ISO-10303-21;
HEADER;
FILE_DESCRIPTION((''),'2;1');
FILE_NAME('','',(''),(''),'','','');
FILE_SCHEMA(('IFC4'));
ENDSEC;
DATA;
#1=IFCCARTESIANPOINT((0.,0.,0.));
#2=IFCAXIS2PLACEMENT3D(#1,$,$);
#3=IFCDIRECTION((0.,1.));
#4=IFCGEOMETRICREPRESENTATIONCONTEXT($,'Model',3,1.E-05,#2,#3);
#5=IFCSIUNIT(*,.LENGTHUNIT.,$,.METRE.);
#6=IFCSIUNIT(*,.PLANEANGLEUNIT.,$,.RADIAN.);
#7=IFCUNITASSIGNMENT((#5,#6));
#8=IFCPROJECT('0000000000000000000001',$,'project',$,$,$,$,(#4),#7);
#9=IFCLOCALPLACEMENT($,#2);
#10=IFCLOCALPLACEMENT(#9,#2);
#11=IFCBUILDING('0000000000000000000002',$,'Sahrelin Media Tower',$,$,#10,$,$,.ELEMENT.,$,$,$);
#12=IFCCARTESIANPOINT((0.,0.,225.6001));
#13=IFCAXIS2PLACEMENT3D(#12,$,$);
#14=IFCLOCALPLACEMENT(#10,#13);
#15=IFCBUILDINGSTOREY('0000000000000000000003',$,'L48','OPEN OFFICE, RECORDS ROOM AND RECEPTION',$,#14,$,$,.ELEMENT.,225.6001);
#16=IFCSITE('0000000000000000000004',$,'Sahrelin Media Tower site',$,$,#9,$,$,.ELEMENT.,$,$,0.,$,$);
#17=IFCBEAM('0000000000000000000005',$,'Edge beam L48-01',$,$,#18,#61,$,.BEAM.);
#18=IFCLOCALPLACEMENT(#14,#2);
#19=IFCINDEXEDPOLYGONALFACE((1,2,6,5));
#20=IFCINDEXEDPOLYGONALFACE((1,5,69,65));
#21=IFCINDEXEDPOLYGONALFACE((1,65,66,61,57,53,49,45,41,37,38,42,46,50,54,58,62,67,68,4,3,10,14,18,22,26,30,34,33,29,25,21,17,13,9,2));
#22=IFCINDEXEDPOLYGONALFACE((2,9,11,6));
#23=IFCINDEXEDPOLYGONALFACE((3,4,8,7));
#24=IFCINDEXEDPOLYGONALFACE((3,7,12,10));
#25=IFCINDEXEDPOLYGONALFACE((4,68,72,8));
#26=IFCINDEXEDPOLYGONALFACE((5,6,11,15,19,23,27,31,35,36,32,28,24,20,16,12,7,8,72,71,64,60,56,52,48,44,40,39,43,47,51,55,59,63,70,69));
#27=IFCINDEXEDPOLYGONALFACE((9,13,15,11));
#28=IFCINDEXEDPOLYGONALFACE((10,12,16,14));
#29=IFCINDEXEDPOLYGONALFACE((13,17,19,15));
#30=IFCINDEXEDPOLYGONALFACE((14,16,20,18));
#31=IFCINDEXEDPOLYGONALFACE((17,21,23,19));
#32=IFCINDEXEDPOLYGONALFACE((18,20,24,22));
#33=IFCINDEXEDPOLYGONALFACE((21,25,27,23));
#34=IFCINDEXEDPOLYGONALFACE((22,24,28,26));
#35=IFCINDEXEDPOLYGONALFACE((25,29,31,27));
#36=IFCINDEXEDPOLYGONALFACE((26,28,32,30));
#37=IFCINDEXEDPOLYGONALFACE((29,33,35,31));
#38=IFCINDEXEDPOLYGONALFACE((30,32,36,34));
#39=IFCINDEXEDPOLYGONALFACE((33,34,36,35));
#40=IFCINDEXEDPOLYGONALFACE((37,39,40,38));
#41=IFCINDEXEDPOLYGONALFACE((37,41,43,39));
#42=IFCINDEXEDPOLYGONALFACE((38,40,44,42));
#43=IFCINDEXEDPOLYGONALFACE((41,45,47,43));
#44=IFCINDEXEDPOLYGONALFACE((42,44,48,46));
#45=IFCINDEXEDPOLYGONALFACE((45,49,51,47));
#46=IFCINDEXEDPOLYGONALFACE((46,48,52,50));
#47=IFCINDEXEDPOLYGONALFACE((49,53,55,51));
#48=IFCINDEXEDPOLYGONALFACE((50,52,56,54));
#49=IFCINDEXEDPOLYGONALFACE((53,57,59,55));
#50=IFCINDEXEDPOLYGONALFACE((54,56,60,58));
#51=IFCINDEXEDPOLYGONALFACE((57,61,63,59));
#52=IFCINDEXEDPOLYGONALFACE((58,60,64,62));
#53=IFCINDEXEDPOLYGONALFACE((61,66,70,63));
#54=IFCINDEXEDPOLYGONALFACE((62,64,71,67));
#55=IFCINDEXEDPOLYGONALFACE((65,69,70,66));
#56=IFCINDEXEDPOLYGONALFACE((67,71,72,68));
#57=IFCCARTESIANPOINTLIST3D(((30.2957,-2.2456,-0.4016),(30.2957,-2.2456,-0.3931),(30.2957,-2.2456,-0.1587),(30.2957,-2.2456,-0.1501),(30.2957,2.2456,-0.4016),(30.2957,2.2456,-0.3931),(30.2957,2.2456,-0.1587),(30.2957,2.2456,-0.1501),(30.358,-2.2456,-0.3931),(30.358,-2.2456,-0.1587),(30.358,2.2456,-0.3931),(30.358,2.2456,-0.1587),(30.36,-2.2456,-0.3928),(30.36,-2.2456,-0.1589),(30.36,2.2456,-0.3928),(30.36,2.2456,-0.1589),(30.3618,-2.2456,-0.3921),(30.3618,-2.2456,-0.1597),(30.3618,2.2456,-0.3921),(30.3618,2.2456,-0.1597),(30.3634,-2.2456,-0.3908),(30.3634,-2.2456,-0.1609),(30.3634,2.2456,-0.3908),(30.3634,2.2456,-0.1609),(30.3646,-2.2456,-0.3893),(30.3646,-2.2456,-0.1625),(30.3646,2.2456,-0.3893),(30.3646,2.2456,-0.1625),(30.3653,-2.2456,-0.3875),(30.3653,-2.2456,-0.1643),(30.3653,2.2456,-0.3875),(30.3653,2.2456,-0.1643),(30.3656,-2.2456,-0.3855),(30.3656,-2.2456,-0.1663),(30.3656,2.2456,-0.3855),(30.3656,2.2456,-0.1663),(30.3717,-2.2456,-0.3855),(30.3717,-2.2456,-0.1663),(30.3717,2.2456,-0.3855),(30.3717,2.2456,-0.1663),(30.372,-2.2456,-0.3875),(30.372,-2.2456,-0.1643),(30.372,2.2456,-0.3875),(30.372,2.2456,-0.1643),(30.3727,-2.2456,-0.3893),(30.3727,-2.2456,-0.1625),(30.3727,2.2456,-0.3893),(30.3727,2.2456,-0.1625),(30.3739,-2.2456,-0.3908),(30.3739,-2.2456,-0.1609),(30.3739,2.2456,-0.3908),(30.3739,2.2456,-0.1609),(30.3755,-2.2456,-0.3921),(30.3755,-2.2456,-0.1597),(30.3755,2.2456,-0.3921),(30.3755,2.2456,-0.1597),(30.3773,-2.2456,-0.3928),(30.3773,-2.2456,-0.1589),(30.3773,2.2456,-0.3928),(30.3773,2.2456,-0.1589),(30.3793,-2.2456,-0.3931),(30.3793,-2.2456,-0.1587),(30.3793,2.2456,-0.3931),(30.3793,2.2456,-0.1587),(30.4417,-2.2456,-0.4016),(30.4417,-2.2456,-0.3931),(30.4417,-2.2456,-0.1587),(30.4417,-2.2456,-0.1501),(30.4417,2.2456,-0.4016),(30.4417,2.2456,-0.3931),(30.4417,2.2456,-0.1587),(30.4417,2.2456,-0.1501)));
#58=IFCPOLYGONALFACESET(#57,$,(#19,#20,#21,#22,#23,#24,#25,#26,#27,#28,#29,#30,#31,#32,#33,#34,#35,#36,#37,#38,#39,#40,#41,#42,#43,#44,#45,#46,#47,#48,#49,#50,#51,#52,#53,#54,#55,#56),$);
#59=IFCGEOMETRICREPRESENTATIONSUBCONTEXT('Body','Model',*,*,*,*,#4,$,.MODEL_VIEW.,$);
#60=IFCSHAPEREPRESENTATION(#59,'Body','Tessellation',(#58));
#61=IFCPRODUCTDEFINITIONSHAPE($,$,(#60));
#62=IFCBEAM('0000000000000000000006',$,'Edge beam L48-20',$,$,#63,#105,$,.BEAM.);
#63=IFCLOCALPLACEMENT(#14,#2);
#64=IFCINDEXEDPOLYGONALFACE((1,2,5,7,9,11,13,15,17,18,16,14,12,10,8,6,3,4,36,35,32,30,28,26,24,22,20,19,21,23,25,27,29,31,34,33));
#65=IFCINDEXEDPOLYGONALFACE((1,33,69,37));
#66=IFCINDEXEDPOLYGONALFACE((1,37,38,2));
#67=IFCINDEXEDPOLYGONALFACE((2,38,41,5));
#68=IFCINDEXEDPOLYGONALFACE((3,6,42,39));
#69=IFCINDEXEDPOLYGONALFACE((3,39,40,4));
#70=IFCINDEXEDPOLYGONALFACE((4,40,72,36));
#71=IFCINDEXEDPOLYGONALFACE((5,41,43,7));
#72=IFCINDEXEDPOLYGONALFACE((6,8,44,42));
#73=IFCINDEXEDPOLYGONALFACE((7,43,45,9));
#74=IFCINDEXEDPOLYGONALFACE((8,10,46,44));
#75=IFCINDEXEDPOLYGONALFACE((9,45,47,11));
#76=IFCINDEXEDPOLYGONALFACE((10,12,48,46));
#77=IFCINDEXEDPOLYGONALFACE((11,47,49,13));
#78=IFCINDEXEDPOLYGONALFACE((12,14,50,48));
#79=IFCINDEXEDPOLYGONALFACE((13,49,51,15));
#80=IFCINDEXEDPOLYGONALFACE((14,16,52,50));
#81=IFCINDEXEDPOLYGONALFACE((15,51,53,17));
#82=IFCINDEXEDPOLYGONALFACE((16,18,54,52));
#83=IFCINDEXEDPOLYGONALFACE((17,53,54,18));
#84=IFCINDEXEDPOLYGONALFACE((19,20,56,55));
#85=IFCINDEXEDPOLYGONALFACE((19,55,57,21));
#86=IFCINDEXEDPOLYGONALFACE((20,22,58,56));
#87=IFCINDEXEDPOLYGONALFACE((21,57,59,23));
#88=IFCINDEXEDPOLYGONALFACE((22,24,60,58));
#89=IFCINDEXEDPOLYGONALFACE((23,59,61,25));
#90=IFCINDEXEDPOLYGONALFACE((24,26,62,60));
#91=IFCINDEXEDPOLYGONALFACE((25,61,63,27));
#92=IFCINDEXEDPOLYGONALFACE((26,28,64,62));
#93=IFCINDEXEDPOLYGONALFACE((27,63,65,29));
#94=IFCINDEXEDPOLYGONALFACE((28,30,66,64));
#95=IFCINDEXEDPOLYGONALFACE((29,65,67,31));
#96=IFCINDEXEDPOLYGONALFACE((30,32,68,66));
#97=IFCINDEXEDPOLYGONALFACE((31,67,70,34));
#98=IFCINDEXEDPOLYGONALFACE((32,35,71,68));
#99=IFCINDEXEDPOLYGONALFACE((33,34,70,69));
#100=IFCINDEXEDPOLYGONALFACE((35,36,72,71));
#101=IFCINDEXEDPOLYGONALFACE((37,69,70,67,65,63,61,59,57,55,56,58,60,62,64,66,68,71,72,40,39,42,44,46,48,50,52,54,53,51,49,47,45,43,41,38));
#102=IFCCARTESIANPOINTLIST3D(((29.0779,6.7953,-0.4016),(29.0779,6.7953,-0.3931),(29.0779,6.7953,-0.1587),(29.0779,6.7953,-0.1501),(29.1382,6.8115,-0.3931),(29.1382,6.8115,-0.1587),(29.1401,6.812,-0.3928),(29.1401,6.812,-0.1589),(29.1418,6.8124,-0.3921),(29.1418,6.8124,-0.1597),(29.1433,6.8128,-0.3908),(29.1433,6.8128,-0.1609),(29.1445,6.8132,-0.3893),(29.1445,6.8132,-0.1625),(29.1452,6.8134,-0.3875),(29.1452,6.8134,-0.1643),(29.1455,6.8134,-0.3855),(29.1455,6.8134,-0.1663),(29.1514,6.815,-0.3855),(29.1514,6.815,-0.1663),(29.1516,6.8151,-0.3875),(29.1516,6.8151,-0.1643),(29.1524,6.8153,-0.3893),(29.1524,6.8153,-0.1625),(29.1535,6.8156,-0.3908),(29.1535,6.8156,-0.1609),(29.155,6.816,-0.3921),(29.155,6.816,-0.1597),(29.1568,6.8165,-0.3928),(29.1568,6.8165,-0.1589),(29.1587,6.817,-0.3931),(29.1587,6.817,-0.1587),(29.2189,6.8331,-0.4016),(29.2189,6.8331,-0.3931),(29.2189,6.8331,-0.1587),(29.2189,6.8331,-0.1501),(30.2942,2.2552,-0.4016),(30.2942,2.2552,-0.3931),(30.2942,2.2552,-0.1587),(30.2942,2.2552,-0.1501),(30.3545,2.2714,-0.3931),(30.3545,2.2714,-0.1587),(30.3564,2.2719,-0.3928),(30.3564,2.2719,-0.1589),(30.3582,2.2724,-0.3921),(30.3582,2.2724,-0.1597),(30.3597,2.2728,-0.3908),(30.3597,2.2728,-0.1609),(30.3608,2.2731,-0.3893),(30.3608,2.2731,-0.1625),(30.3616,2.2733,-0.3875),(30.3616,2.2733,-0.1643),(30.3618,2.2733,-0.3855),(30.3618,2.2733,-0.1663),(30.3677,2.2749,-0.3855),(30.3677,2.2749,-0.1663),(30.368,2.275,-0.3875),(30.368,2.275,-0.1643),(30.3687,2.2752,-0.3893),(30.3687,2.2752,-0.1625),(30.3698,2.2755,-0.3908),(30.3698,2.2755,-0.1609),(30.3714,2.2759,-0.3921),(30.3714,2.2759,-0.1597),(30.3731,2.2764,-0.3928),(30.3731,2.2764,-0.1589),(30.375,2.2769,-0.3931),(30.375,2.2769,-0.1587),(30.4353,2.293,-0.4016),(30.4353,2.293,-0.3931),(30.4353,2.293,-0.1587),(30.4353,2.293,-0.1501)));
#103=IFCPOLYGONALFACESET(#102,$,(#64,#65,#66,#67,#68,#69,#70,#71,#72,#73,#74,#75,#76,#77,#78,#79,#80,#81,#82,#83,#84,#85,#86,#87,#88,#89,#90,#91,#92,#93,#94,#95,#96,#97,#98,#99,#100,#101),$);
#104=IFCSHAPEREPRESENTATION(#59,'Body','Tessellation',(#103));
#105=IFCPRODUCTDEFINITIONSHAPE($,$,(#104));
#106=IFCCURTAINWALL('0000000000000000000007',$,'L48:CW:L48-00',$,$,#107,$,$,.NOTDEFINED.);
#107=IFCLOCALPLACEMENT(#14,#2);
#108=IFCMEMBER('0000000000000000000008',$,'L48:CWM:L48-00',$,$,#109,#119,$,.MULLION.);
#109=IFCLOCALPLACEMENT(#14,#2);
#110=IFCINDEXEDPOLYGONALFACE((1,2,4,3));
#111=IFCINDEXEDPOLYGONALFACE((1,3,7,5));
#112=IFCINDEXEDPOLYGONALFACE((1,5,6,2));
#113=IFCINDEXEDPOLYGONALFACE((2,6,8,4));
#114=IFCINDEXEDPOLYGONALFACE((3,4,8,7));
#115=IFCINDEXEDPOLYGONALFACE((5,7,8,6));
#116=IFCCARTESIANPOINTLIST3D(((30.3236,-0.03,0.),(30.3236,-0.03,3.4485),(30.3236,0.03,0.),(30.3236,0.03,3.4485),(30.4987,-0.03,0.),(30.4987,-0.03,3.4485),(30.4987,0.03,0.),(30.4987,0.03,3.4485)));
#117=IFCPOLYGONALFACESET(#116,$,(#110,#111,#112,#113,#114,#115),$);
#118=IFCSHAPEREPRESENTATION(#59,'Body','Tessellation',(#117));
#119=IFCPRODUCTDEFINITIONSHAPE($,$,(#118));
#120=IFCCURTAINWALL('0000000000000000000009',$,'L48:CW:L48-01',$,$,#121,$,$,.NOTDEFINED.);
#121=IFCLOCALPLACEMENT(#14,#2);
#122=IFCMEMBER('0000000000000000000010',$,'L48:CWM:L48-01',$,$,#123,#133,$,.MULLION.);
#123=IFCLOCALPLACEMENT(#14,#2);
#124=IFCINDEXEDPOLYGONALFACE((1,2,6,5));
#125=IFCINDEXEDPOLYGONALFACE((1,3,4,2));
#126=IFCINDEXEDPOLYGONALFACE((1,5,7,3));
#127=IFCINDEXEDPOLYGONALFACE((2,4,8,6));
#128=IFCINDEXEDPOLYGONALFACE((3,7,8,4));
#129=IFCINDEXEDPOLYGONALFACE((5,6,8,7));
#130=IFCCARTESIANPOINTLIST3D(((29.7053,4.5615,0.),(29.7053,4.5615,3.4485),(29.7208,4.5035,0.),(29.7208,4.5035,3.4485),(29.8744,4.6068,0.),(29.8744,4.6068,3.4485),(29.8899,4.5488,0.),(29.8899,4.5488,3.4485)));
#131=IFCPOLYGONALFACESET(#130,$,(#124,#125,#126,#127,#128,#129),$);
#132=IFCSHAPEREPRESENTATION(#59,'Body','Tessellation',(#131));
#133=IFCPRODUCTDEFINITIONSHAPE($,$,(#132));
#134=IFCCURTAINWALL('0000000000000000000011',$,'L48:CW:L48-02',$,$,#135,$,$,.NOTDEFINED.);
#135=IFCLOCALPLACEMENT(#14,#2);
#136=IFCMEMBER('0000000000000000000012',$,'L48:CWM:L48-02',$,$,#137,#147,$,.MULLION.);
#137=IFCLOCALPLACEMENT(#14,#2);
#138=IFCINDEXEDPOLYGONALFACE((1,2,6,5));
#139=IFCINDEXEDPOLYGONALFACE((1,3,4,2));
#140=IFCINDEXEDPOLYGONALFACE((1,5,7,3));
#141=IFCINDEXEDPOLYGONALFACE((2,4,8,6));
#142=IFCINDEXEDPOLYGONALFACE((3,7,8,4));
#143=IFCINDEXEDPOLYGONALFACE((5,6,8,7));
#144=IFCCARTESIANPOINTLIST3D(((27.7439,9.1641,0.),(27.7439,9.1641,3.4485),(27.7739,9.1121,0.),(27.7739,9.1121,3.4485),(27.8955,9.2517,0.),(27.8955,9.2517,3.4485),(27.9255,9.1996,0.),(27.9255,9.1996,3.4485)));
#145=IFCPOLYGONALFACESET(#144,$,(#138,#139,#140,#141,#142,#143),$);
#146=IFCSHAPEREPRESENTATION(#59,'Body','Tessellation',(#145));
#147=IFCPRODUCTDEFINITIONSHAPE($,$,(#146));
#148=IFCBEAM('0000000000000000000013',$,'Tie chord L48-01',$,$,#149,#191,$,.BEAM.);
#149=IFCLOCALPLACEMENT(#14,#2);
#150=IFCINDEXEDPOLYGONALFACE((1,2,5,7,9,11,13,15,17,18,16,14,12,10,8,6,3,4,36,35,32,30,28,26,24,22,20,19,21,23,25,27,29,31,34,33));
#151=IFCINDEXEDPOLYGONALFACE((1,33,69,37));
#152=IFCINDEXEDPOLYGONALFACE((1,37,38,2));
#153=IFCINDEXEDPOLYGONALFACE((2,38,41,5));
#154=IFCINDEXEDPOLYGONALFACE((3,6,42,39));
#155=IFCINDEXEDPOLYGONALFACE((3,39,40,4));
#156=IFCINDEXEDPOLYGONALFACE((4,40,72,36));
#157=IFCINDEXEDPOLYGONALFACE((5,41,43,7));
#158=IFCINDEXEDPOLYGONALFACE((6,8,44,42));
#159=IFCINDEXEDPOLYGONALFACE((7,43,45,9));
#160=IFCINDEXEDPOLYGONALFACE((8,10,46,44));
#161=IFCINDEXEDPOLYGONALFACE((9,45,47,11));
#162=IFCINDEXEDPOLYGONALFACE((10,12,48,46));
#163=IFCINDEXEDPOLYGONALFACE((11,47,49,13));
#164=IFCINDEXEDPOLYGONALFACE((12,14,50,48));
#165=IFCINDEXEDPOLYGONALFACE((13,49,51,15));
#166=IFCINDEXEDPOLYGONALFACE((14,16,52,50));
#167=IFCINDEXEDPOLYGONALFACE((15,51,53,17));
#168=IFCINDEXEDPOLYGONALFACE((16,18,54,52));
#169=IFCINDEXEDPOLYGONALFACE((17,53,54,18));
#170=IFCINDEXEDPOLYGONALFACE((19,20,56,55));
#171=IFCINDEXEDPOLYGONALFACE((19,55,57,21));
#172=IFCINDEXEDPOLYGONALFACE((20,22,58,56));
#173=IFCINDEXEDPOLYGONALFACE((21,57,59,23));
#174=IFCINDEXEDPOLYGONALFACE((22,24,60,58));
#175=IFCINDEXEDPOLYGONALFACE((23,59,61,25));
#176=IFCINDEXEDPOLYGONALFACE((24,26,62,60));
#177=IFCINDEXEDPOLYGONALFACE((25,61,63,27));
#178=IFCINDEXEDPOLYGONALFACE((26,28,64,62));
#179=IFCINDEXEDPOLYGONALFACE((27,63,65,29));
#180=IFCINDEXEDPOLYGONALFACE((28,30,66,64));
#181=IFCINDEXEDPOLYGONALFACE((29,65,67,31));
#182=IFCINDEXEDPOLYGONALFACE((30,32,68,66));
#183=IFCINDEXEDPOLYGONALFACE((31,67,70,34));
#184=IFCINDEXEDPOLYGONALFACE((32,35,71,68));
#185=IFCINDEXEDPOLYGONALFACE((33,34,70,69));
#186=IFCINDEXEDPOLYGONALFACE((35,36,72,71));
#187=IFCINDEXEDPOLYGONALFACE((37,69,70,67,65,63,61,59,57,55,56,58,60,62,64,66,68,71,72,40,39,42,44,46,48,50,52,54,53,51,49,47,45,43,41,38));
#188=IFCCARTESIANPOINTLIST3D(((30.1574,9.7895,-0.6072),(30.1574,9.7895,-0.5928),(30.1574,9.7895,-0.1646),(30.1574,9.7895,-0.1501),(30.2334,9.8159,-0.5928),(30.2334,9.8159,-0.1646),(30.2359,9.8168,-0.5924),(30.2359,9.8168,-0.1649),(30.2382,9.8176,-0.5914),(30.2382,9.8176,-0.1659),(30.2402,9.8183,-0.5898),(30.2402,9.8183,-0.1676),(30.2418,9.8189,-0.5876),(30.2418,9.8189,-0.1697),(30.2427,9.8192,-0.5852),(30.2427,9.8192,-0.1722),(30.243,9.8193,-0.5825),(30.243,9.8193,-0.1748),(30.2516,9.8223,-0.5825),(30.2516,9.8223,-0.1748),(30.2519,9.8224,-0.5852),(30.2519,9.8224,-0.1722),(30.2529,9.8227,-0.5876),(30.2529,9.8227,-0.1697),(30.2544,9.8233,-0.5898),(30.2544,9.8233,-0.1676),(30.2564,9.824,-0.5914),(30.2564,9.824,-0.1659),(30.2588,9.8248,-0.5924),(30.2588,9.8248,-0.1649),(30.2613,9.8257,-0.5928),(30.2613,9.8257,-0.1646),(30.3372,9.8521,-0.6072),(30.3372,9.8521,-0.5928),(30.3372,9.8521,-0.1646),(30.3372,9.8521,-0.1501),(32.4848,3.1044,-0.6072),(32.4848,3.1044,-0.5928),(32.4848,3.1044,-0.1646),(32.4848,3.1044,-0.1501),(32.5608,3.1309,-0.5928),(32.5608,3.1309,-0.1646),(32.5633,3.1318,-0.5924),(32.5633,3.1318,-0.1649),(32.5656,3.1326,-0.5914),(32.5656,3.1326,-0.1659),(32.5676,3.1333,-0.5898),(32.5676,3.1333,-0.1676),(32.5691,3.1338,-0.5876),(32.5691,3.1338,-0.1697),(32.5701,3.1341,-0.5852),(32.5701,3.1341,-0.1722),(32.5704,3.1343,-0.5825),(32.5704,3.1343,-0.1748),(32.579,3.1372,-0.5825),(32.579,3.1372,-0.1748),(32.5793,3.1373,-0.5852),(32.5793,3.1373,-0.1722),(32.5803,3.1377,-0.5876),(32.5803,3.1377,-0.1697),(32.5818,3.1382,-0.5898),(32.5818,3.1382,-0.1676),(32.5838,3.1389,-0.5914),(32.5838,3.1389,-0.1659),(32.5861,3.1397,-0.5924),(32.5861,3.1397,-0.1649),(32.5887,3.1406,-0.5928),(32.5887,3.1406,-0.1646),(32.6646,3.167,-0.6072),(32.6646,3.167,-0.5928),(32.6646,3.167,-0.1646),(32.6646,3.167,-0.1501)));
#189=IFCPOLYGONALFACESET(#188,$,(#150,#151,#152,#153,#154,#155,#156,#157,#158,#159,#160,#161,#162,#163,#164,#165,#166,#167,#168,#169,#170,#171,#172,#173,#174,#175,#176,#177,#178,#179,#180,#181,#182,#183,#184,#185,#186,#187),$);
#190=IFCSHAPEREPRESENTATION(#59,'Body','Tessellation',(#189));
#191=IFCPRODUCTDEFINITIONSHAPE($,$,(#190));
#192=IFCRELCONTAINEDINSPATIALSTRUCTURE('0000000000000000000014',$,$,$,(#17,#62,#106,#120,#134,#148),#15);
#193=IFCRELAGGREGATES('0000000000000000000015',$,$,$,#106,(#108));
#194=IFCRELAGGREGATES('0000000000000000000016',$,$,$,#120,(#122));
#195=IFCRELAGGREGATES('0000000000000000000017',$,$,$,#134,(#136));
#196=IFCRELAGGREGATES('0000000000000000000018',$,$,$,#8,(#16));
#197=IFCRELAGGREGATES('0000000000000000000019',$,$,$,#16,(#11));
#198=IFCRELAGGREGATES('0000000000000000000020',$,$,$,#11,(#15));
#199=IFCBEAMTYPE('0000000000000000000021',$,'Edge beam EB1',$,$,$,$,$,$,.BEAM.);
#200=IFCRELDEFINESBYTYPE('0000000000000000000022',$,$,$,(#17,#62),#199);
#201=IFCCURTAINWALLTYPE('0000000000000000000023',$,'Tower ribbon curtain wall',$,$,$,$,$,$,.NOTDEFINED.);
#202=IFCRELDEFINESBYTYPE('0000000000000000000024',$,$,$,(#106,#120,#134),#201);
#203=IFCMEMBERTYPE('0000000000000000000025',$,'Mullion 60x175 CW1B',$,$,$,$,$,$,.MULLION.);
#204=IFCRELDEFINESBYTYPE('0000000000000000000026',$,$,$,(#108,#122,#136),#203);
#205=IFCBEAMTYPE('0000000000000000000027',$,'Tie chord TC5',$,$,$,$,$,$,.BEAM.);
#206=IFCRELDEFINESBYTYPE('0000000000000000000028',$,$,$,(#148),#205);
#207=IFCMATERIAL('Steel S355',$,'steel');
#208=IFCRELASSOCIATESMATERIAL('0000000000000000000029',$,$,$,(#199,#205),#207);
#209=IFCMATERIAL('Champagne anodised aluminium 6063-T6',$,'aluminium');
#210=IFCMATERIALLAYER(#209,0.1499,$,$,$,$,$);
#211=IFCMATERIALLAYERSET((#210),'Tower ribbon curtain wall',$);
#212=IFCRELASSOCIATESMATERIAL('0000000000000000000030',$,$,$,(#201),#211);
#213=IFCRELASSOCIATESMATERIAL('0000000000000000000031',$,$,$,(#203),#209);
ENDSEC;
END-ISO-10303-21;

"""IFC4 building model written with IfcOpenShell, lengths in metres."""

from ifc_helpers import new_model, si_unit, direction, frame, origin, origin_2d, place, context, subcontext, project, spatial, rectangle, i_section, extrude, material, layer, layer_set, material_profile, profile_set, type_object, element, aggregate, save


model = new_model("IFC4")

# Units and contexts
model_context = context("Model", 3, precision=1e-05, world=origin(), true_north=direction((0.0, 1.0)))
body_context = subcontext(model_context, "Body", "Model", "MODEL_VIEW")
ifc_project = project(units=[si_unit("LENGTHUNIT", "METRE"), si_unit("PLANEANGLEUNIT", "RADIAN")], contexts=[model_context])

# Site, building, storey
site_placement = place(None, origin())
site = spatial("IfcSite", under=ifc_project, at=site_placement, Name="Sahrelin Media Tower site", CompositionType="ELEMENT", RefElevation=0.0)
building_placement = place(site_placement, origin())
building = spatial("IfcBuilding", under=site, at=building_placement, Name="Sahrelin Media Tower", CompositionType="ELEMENT")
storey_placement = place(building_placement, frame((0.0, 0.0, 225.6001)))
storey = spatial("IfcBuildingStorey", under=building, at=storey_placement, Name="L48", Description="OPEN OFFICE, RECORDS ROOM AND RECEPTION", CompositionType="ELEMENT", Elevation=225.6001)

# Beams
ifc_material_1 = material(Name="Steel S355", Category="steel")
ifc_material_profile_1 = material_profile(ifc_material_1, i_section(OverallWidth=0.146, OverallDepth=0.2515, WebThickness=0.0061, FlangeThickness=0.0085, FilletRadius=0.0076, at=origin_2d()), Name="UB 254x146x31")
ifc_profile_set_1 = profile_set([ifc_material_profile_1], Name="Steel S355")
beam_type_1 = type_object("IfcBeamType", Name="Edge beam EB1", PredefinedType="BEAM", material=ifc_profile_set_1)
beam_1_placement = place(storey_placement, frame((30.3687, 2.2456, -0.2759), z_axis=(0.0, -1.0, 0.0), x_axis=(1.0, 0.0, 0.0)))
element("IfcBeam", 1, at=beam_1_placement, inside=storey, type_object=beam_type_1, Name="Edge beam L48-01", PredefinedType="BEAM", context=body_context, shape_type="SweptSolid", body=[
    extrude(i_section(OverallWidth=0.146, OverallDepth=0.2515, WebThickness=0.0061, FlangeThickness=0.0085, FilletRadius=0.0076, at=origin_2d()), origin(), (0.0, 0.0, 1.0), 4.4912),
])
beam_2_placement = place(storey_placement, frame((29.1484, 6.8142, -0.2759), z_axis=(0.258781, -0.965936, 0.0), x_axis=(0.965936, 0.258781, 0.0)))
element("IfcBeam", 2, at=beam_2_placement, inside=storey, type_object=beam_type_1, Name="Edge beam L48-20", PredefinedType="BEAM", context=body_context, shape_type="SweptSolid", body=[
    extrude(i_section(OverallWidth=0.146, OverallDepth=0.2515, WebThickness=0.0061, FlangeThickness=0.0085, FilletRadius=0.0076, at=origin_2d()), origin(), (0.0, 0.0, 1.0), 4.7002),
])

# Curtain walls, members
ifc_material_2 = material(Name="Champagne anodised aluminium 6063-T6", Category="aluminium")
ifc_layer_1 = layer(ifc_material_2, 0.1499)
ifc_layer_set_1 = layer_set([ifc_layer_1], Name="Tower ribbon curtain wall")
curtain_wall_type = type_object("IfcCurtainWallType", Name="Tower ribbon curtain wall", PredefinedType="NOTDEFINED", material=ifc_layer_set_1)
curtain_wall_1_placement = place(storey_placement, frame((30.5186, 0.0, 0.0), z_axis=(0.0, 0.0, 1.0), x_axis=(1.0, 0.0, 0.0)))
curtain_wall_1 = element("IfcCurtainWall", 3, at=curtain_wall_1_placement, inside=storey, type_object=curtain_wall_type, Name="L48:CW:L48-00", PredefinedType="NOTDEFINED")
ifc_material_profile_2 = material_profile(ifc_material_2, rectangle(XDim=0.0601, YDim=0.175, at=origin_2d()), Name="Mullion 60x175")
ifc_profile_set_2 = profile_set([ifc_material_profile_2], Name="Champagne anodised aluminium 6063-T6")
member_type_1 = type_object("IfcMemberType", Name="Mullion 60x175 CW1B", PredefinedType="MULLION", material=ifc_profile_set_2)
member_1_placement = place(storey_placement, frame((30.4111, 0.0, 0.0), z_axis=(0.0, 0.0, 1.0), x_axis=(0.0, 1.0, 0.0)))
member_1 = element("IfcMember", 4, at=member_1_placement, type_object=member_type_1, Name="L48:CWM:L48-00", PredefinedType="MULLION", context=body_context, shape_type="SweptSolid", body=[
    extrude(rectangle(XDim=0.0601, YDim=0.175, at=origin_2d()), origin(), (0.0, 0.0, 1.0), 3.4485),
])
aggregate(curtain_wall_1, [member_1])
curtain_wall_2_placement = place(storey_placement, frame((29.9016, 4.583, 0.0), z_axis=(0.0, 0.0, 1.0), x_axis=(1.0, 0.0, 0.0)))
curtain_wall_2 = element("IfcCurtainWall", 5, at=curtain_wall_2_placement, inside=storey, type_object=curtain_wall_type, Name="L48:CW:L48-01", PredefinedType="NOTDEFINED")
member_2_placement = place(storey_placement, frame((29.7976, 4.5552, 0.0), z_axis=(0.0, 0.0, 1.0), x_axis=(-0.258814, 0.965927, 0.0)))
member_2 = element("IfcMember", 6, at=member_2_placement, type_object=member_type_1, Name="L48:CWM:L48-01", PredefinedType="MULLION", context=body_context, shape_type="SweptSolid", body=[
    extrude(rectangle(XDim=0.0601, YDim=0.175, at=origin_2d()), origin(), (0.0, 0.0, 1.0), 3.4485),
])
curtain_wall_3_placement = place(storey_placement, frame((27.928, 9.2356, 0.0), z_axis=(0.0, 0.0, 1.0), x_axis=(1.0, 0.0, 0.0)))
curtain_wall_3 = element("IfcCurtainWall", 7, at=curtain_wall_3_placement, inside=storey, type_object=curtain_wall_type, Name="L48:CW:L48-02", PredefinedType="NOTDEFINED")
member_3_placement = place(storey_placement, frame((27.8347, 9.1819, 0.0), z_axis=(0.0, 0.0, 1.0), x_axis=(-0.500002, 0.866025, 0.0)))
member_3 = element("IfcMember", 8, at=member_3_placement, type_object=member_type_1, Name="L48:CWM:L48-02", PredefinedType="MULLION", context=body_context, shape_type="SweptSolid", body=[
    extrude(rectangle(XDim=0.0601, YDim=0.175, at=origin_2d()), origin(), (0.0, 0.0, 1.0), 3.4485),
])

# Beam
ifc_material_profile_3 = material_profile(ifc_material_1, i_section(OverallWidth=0.1904, OverallDepth=0.457, WebThickness=0.009, FlangeThickness=0.0144, FilletRadius=0.0103, at=origin_2d()), Name="UB 457x191x74")
ifc_profile_set_3 = profile_set([ifc_material_profile_3], Name="Steel S355")
beam_type_2 = type_object("IfcBeamType", Name="Tie chord TC5", PredefinedType="BEAM", material=ifc_profile_set_3)
beam_3_placement = place(storey_placement, frame((32.5747, 3.1357, -0.3787), z_axis=(-0.328792, 0.944402, 0.0), x_axis=(-0.944402, -0.328792, 0.0)))
element("IfcBeam", 9, at=beam_3_placement, inside=storey, type_object=beam_type_2, Name="Tie chord L48-01", PredefinedType="BEAM", context=body_context, shape_type="SweptSolid", body=[
    extrude(i_section(OverallWidth=0.1904, OverallDepth=0.457, WebThickness=0.009, FlangeThickness=0.0144, FilletRadius=0.0103, at=origin_2d()), origin(), (0.0, 0.0, 1.0), 7.0786),
])

aggregate(curtain_wall_2, [member_2])
aggregate(curtain_wall_3, [member_3])

save(model, "model.ifc")
